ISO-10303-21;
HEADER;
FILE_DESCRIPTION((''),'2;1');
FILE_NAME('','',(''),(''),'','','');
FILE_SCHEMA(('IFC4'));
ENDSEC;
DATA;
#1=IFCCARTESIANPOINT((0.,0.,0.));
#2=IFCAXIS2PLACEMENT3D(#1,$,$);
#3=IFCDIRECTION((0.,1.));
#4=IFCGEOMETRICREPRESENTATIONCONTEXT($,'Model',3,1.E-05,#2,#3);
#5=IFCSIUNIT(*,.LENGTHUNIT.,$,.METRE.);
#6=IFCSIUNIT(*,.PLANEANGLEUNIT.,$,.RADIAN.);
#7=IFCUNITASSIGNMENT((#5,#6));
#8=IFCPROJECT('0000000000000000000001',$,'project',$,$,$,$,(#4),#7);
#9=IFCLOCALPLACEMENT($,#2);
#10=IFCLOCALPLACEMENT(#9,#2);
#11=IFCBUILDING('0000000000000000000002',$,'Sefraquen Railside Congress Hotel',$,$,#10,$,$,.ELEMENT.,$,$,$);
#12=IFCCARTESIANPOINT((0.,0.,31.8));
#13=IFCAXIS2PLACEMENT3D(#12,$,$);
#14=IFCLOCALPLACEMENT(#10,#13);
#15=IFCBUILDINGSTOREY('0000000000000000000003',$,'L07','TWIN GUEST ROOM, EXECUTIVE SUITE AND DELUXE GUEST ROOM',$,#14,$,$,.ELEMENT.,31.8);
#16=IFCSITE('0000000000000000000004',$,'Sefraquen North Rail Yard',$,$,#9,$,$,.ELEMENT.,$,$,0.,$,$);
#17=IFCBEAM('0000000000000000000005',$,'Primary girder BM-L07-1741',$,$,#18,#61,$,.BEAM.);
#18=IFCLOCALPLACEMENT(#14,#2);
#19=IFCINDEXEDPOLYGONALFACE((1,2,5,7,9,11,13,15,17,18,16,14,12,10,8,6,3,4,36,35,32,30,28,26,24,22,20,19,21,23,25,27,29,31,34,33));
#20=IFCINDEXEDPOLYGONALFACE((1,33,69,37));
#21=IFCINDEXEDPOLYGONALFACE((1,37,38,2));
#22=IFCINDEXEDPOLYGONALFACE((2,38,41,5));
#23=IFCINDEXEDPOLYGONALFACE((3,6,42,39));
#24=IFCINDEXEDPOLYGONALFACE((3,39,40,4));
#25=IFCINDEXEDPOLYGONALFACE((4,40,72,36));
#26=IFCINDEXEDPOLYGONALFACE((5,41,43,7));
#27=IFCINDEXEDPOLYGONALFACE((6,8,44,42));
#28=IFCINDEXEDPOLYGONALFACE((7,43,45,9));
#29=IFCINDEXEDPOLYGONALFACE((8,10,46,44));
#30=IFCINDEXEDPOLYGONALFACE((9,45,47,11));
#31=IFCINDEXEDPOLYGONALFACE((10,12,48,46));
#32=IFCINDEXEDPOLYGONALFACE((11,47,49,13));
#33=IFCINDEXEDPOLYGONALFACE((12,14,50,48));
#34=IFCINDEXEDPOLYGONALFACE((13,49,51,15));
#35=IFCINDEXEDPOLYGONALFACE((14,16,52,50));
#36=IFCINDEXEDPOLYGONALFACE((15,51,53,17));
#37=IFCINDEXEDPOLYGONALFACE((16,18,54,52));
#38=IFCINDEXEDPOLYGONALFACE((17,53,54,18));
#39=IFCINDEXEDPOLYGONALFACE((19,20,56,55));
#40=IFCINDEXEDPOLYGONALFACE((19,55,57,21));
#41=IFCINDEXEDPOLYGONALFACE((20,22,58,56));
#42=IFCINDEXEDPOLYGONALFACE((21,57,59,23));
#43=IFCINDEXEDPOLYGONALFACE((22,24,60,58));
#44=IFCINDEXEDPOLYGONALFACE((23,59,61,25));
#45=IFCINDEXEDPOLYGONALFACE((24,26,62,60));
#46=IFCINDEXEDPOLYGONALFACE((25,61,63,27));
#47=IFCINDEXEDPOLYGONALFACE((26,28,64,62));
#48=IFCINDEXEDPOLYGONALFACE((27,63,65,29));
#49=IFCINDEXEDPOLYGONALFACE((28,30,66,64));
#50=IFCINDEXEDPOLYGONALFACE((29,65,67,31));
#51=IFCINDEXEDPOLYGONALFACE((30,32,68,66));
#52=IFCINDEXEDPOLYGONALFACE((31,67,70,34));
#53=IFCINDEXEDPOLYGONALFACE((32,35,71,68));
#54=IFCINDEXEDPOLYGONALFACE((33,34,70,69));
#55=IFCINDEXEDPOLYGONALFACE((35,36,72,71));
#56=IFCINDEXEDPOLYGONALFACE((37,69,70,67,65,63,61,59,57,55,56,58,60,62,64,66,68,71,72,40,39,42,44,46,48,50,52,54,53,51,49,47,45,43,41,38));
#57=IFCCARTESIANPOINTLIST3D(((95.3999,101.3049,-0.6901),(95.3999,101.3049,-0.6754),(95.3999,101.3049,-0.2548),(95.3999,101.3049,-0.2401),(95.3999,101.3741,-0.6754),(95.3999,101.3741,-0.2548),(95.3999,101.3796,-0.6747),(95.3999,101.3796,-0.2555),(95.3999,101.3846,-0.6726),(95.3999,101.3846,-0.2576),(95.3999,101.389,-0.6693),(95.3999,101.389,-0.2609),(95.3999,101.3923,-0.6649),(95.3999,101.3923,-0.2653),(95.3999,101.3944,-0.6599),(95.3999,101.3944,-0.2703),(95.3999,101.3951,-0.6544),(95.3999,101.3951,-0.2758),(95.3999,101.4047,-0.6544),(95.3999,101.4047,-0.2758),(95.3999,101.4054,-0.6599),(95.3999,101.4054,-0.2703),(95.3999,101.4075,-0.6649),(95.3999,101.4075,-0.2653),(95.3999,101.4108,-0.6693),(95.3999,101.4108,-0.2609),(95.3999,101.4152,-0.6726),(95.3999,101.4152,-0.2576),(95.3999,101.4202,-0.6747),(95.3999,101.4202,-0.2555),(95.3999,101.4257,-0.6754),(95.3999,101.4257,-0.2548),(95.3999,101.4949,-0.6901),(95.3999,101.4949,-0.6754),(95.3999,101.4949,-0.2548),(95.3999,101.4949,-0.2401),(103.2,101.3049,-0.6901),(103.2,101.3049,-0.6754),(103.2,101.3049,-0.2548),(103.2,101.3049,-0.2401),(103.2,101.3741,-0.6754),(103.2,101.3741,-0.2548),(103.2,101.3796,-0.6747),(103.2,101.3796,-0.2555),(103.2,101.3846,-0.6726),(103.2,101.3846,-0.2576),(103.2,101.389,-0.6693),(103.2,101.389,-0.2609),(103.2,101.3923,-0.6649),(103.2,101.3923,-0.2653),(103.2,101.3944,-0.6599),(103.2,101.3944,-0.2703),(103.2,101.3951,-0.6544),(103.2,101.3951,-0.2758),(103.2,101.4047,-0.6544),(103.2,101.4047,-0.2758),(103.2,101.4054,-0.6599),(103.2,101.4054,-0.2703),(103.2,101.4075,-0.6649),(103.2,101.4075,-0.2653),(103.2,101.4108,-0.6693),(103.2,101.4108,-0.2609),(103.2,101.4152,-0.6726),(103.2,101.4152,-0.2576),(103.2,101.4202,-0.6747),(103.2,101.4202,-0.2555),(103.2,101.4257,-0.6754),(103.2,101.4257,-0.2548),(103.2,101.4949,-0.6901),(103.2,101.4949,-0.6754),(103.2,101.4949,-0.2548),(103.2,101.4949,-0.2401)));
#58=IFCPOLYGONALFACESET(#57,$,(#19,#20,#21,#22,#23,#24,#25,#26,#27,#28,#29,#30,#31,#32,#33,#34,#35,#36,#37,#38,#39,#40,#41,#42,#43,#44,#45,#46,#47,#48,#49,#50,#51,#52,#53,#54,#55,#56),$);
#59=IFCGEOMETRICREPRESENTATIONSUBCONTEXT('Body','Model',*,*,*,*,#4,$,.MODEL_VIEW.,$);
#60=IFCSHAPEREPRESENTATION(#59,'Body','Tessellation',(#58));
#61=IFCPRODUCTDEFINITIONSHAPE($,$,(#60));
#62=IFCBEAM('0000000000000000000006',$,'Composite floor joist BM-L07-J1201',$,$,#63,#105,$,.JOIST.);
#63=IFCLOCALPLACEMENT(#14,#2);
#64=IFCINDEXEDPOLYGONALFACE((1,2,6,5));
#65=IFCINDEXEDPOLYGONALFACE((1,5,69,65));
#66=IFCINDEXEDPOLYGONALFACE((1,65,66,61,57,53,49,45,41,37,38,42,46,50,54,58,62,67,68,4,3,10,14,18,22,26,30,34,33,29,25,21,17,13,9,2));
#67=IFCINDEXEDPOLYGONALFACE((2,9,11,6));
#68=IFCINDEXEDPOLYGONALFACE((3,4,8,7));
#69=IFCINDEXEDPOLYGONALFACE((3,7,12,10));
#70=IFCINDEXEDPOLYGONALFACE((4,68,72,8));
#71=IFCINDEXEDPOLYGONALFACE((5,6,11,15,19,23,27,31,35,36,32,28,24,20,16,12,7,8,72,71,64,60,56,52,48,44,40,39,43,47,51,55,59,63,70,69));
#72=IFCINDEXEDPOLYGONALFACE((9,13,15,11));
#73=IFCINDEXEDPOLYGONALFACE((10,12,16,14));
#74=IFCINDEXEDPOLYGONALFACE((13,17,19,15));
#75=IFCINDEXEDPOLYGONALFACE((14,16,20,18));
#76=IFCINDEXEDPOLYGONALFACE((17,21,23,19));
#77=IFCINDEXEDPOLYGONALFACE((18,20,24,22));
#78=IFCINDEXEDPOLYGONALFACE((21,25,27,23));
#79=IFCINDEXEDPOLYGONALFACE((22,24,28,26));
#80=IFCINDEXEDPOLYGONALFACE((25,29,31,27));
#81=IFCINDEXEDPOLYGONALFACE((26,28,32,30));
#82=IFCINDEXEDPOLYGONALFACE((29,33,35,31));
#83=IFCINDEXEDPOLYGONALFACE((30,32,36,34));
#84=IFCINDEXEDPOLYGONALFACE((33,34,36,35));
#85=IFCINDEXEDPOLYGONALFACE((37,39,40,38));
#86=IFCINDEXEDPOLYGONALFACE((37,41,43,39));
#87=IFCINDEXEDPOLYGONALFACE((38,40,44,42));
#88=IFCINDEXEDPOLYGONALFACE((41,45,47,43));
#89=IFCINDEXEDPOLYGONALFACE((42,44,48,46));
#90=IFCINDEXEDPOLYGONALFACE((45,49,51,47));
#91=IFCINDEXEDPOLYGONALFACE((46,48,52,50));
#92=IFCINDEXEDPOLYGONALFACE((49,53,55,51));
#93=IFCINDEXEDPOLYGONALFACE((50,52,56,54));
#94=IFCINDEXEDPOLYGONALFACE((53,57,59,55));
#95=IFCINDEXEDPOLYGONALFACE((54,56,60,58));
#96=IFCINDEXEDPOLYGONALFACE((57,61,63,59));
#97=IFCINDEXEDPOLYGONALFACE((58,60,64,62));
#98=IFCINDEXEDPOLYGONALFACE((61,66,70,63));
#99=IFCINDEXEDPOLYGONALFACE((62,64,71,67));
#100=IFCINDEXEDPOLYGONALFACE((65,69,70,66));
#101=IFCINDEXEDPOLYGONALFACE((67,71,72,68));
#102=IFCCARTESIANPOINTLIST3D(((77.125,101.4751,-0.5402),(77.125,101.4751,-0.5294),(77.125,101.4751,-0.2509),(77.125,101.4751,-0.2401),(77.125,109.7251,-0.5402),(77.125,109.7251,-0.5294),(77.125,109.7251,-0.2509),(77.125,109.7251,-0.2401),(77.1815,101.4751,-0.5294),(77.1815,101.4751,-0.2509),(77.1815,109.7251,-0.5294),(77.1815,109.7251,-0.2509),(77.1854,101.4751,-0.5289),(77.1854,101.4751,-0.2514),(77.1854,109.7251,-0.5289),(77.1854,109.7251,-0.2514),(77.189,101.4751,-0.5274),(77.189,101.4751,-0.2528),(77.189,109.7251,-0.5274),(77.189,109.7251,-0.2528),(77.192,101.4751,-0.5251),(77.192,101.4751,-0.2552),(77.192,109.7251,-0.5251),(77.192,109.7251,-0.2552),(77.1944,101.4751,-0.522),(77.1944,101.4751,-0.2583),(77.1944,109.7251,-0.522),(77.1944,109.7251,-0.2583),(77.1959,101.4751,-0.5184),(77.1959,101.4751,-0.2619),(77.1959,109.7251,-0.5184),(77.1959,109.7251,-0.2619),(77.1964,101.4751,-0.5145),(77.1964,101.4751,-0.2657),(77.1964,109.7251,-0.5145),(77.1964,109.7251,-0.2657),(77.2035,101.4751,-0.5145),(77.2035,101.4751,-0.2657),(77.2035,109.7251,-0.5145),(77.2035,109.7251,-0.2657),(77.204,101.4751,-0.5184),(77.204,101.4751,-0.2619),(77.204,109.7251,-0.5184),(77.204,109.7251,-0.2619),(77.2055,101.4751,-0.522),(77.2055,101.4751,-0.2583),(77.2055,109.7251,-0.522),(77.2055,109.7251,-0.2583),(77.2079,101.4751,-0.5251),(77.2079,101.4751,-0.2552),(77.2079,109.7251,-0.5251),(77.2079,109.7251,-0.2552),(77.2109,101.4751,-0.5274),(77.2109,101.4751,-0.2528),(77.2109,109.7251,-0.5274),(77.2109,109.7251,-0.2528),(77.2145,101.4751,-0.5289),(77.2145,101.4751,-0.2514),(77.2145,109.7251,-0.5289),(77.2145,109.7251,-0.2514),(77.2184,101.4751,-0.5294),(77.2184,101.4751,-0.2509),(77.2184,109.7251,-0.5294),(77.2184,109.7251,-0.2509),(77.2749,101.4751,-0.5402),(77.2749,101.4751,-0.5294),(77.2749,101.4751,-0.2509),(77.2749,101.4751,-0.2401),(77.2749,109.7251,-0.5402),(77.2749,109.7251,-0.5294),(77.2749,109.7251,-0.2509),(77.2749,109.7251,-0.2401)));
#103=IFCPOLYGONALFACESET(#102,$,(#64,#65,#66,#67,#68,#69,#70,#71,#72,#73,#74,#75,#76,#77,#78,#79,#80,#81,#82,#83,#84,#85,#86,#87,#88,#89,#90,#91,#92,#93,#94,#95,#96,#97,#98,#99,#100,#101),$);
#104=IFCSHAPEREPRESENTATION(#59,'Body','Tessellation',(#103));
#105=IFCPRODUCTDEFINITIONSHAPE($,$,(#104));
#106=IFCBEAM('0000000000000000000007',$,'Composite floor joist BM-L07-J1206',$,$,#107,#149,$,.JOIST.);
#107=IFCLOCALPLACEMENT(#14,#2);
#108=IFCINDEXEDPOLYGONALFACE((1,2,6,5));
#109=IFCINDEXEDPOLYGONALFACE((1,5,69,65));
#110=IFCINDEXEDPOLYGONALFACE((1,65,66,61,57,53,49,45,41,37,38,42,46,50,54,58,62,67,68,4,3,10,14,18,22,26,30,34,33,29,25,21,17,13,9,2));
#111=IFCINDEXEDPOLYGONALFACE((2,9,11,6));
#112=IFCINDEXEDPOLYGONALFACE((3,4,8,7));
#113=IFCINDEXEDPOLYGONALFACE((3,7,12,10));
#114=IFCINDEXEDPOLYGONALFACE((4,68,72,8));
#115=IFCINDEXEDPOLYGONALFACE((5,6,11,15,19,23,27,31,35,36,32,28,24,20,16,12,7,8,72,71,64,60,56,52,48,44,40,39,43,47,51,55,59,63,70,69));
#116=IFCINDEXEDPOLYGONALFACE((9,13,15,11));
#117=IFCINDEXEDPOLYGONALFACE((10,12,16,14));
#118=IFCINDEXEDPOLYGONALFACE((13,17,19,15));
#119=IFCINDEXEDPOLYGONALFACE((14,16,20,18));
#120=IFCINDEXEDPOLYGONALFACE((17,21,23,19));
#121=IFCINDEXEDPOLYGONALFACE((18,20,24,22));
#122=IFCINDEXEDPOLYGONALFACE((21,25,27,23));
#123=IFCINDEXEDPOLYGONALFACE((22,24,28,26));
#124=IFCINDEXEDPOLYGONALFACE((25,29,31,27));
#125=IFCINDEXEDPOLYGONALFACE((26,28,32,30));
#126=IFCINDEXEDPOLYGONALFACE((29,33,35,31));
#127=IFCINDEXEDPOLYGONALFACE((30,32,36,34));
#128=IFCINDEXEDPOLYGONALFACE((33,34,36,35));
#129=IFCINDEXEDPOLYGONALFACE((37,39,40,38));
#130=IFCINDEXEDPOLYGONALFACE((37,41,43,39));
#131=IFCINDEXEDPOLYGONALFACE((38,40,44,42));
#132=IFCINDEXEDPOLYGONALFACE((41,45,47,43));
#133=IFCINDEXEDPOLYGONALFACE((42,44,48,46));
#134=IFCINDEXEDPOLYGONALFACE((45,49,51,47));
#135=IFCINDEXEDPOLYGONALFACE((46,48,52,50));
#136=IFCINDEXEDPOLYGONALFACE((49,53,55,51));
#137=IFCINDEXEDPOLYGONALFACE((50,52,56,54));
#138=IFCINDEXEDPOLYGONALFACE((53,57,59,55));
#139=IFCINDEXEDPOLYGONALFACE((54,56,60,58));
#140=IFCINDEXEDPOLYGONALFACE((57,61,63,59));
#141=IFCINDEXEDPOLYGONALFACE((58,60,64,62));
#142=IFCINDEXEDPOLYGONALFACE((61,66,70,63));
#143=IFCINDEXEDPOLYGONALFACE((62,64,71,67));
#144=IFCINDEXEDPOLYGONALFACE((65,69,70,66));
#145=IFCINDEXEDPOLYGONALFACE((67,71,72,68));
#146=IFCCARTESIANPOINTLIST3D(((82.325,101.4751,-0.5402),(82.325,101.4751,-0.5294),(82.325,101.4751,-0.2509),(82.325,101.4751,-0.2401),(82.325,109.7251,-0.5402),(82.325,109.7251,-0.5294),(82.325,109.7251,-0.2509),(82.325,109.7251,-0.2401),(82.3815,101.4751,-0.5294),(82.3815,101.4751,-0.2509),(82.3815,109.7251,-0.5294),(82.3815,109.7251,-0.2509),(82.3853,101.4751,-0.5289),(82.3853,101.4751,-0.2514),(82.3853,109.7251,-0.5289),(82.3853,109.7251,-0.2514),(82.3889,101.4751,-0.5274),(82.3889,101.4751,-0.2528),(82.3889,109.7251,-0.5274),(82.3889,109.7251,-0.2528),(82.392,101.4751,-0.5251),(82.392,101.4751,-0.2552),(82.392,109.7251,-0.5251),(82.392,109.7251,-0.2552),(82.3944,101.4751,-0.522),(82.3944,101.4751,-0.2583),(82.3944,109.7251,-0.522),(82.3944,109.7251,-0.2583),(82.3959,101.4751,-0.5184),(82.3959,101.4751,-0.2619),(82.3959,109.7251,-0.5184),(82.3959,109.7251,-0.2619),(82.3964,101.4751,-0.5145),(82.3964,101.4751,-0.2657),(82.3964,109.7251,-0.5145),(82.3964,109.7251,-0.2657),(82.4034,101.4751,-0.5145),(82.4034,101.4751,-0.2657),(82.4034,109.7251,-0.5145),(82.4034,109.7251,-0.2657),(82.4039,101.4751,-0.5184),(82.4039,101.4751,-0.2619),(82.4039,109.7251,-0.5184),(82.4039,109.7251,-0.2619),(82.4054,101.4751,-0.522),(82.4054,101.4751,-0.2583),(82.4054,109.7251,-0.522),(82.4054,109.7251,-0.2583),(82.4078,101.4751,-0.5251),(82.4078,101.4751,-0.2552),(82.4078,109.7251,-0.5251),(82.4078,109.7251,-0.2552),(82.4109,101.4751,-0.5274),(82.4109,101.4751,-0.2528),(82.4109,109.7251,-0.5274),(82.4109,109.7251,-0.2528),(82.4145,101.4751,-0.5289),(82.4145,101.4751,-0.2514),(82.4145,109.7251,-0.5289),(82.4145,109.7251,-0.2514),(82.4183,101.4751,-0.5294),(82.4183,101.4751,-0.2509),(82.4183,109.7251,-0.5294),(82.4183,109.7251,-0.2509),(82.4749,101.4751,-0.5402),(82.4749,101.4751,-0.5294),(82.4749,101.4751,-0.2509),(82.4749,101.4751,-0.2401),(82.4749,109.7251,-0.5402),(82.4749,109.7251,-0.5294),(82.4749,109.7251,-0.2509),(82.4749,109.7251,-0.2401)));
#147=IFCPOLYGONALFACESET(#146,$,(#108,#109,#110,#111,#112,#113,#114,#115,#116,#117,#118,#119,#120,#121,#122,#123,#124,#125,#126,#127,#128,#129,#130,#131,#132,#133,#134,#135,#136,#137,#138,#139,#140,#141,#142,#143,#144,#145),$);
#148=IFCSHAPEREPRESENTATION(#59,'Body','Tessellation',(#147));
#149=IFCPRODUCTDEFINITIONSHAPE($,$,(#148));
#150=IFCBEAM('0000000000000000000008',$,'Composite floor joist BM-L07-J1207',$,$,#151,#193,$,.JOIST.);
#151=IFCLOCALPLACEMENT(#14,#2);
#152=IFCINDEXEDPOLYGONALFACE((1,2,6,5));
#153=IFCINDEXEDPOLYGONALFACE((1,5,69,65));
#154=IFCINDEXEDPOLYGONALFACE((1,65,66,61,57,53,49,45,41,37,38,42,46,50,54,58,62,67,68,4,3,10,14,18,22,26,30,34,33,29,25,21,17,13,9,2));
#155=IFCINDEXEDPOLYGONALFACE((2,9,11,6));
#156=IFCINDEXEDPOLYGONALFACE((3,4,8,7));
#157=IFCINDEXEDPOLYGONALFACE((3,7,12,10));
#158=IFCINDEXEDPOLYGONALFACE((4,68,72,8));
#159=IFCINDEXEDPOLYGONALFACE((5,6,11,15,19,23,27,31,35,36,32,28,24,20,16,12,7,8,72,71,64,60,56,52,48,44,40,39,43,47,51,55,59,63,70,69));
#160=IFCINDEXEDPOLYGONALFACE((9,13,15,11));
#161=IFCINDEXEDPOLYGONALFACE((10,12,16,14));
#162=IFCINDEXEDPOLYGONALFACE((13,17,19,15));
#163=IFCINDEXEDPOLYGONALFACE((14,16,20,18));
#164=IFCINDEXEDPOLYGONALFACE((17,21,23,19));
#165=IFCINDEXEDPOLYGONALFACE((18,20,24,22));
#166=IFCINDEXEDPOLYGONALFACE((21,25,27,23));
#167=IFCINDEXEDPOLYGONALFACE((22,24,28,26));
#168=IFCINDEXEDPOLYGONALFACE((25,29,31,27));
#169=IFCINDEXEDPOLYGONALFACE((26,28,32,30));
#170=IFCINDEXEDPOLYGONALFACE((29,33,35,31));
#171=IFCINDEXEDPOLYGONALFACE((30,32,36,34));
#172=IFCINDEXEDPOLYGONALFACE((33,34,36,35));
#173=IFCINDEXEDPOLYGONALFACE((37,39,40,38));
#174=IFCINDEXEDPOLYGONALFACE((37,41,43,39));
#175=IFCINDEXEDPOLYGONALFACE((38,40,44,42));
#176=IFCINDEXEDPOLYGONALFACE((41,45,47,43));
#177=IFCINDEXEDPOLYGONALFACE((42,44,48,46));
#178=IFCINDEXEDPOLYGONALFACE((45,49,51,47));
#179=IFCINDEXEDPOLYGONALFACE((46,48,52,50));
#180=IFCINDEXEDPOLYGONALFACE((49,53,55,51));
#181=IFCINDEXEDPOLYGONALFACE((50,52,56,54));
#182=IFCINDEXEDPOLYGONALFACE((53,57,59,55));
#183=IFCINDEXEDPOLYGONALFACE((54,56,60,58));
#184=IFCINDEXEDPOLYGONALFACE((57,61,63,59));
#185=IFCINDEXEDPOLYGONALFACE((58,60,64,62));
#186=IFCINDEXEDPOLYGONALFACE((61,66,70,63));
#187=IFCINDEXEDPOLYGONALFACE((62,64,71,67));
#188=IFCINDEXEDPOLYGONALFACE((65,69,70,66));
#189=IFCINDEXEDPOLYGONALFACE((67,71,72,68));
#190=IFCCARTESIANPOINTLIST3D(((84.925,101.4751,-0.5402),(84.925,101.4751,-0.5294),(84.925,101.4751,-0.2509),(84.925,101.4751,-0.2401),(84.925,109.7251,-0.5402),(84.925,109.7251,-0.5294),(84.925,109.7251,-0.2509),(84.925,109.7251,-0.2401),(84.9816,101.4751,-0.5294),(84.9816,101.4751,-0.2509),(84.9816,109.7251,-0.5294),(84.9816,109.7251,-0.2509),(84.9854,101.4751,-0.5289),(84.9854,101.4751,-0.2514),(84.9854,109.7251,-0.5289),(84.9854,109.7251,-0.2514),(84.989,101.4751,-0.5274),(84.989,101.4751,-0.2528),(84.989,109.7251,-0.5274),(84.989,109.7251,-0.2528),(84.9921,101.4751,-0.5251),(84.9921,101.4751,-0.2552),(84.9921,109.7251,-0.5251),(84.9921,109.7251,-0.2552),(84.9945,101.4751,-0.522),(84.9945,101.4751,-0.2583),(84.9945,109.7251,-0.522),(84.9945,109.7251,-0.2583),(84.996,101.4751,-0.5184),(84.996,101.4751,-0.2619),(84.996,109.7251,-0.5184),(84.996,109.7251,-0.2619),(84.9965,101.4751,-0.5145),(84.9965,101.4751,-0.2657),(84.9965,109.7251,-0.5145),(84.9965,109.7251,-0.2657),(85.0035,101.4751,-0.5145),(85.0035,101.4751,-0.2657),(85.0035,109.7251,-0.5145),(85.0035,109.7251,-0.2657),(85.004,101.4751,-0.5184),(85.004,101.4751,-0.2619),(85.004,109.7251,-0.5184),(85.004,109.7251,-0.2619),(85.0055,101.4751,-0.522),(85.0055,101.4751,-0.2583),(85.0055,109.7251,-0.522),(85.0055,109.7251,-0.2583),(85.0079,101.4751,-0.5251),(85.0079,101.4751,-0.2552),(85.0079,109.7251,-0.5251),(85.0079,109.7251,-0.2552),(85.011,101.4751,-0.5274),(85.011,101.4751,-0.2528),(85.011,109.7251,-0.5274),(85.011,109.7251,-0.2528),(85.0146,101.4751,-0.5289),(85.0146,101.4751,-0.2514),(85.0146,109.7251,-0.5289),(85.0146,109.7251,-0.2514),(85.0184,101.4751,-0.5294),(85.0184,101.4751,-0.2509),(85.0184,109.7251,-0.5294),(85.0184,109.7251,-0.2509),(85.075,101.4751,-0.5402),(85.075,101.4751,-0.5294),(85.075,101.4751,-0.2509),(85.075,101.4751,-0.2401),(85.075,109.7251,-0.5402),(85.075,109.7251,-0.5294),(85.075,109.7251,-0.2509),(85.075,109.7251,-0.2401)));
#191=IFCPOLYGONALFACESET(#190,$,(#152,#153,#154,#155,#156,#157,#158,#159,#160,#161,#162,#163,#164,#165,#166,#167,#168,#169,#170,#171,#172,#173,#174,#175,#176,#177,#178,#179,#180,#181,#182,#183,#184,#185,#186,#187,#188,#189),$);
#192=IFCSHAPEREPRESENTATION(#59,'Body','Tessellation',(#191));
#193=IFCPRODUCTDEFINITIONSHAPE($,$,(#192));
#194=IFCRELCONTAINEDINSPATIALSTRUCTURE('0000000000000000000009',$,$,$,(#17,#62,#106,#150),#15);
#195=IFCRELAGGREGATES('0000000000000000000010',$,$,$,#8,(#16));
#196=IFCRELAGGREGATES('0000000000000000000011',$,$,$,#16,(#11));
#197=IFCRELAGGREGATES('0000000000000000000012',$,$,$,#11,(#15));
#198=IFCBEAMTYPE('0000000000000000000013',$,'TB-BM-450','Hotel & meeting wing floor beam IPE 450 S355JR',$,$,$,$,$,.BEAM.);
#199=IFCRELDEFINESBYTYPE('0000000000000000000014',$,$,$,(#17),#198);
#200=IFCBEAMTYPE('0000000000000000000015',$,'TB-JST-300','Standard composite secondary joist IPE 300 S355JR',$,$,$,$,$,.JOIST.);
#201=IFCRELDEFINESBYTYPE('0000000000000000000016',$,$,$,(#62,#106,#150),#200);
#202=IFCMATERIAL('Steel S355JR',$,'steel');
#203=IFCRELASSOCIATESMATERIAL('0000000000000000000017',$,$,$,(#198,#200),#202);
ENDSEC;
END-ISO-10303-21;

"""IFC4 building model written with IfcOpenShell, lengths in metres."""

from ifc_helpers import new_model, si_unit, direction, frame, origin, origin_2d, place, context, subcontext, project, spatial, i_section, extrude, material, material_profile, profile_set, type_object, element, save


model = new_model("IFC4")

# Units and contexts
model_context = context("Model", 3, precision=1e-05, world=origin(), true_north=direction((0.0, 1.0)))
body_context = subcontext(model_context, "Body", "Model", "MODEL_VIEW")
ifc_project = project(units=[si_unit("LENGTHUNIT", "METRE"), si_unit("PLANEANGLEUNIT", "RADIAN")], contexts=[model_context])

# Site, building, storey
site_placement = place(None, origin())
site = spatial("IfcSite", under=ifc_project, at=site_placement, Name="Sefraquen North Rail Yard", CompositionType="ELEMENT", RefElevation=0.0)
building_placement = place(site_placement, origin())
building = spatial("IfcBuilding", under=site, at=building_placement, Name="Sefraquen Railside Congress Hotel", CompositionType="ELEMENT")
storey_placement = place(building_placement, frame((0.0, 0.0, 31.8)))
storey = spatial("IfcBuildingStorey", under=building, at=storey_placement, Name="L07", Description="TWIN GUEST ROOM, EXECUTIVE SUITE AND DELUXE GUEST ROOM", CompositionType="ELEMENT", Elevation=31.8)

# Shared definitions
ifc_material_1 = material(Name="Steel S355JR", Category="steel")

# Beams
ifc_material_profile_1 = material_profile(ifc_material_1, i_section(OverallWidth=0.1899, OverallDepth=0.45, WebThickness=0.0095, FlangeThickness=0.0146, FilletRadius=0.021, at=origin_2d()), Name="IPE 450")
ifc_profile_set_1 = profile_set([ifc_material_profile_1], Name="Steel S355JR")
beam_type_1 = type_object("IfcBeamType", Name="TB-BM-450", Description="Hotel & meeting wing floor beam IPE 450 S355JR", PredefinedType="BEAM", material=ifc_profile_set_1)
beam_1_placement = place(storey_placement, frame((95.3999, 101.3999, -0.4651), z_axis=(1.0, 0.0, 0.0), x_axis=(0.0, 1.0, 0.0)))
element("IfcBeam", 1, at=beam_1_placement, inside=storey, type_object=beam_type_1, Name="Primary girder BM-L07-1741", PredefinedType="BEAM", context=body_context, shape_type="SweptSolid", body=[
    extrude(i_section(OverallWidth=0.1899, OverallDepth=0.45, WebThickness=0.0095, FlangeThickness=0.0146, FilletRadius=0.021, at=origin_2d()), origin(), (0.0, 0.0, 1.0), 7.8),
])
ifc_material_profile_2 = material_profile(ifc_material_1, i_section(OverallWidth=0.1499, OverallDepth=0.3, WebThickness=0.0071, FlangeThickness=0.0107, FilletRadius=0.0149, at=origin_2d()), Name="IPE 300")
ifc_profile_set_2 = profile_set([ifc_material_profile_2], Name="Steel S355JR")
beam_type_2 = type_object("IfcBeamType", Name="TB-JST-300", Description="Standard composite secondary joist IPE 300 S355JR", PredefinedType="JOIST", material=ifc_profile_set_2)
for number, where, z_axis, x_axis, name in (
    (2, (77.2, 101.4751, -0.3901), (0.0, 1.0, 0.0), (-1.0, 0.0, 0.0), "Composite floor joist BM-L07-J1201"),
    (3, (82.3999, 101.4751, -0.3901), (0.0, 1.0, 0.0), (-1.0, 0.0, 0.0), "Composite floor joist BM-L07-J1206"),
    (4, (85.0, 101.4751, -0.3901), (0.0, 1.0, 0.0), (-1.0, 0.0, 0.0), "Composite floor joist BM-L07-J1207"),
):
    element("IfcBeam", number, at=place(storey_placement, frame(where, z_axis=z_axis, x_axis=x_axis)), inside=storey, type_object=beam_type_2, Name=name, PredefinedType="JOIST", context=body_context, shape_type="SweptSolid", body=[
        extrude(i_section(OverallWidth=0.1499, OverallDepth=0.3, WebThickness=0.0071, FlangeThickness=0.0107, FilletRadius=0.0149, at=origin_2d()), origin(), (0.0, 0.0, 1.0), 8.25),
    ])

save(model, "model.ifc")
